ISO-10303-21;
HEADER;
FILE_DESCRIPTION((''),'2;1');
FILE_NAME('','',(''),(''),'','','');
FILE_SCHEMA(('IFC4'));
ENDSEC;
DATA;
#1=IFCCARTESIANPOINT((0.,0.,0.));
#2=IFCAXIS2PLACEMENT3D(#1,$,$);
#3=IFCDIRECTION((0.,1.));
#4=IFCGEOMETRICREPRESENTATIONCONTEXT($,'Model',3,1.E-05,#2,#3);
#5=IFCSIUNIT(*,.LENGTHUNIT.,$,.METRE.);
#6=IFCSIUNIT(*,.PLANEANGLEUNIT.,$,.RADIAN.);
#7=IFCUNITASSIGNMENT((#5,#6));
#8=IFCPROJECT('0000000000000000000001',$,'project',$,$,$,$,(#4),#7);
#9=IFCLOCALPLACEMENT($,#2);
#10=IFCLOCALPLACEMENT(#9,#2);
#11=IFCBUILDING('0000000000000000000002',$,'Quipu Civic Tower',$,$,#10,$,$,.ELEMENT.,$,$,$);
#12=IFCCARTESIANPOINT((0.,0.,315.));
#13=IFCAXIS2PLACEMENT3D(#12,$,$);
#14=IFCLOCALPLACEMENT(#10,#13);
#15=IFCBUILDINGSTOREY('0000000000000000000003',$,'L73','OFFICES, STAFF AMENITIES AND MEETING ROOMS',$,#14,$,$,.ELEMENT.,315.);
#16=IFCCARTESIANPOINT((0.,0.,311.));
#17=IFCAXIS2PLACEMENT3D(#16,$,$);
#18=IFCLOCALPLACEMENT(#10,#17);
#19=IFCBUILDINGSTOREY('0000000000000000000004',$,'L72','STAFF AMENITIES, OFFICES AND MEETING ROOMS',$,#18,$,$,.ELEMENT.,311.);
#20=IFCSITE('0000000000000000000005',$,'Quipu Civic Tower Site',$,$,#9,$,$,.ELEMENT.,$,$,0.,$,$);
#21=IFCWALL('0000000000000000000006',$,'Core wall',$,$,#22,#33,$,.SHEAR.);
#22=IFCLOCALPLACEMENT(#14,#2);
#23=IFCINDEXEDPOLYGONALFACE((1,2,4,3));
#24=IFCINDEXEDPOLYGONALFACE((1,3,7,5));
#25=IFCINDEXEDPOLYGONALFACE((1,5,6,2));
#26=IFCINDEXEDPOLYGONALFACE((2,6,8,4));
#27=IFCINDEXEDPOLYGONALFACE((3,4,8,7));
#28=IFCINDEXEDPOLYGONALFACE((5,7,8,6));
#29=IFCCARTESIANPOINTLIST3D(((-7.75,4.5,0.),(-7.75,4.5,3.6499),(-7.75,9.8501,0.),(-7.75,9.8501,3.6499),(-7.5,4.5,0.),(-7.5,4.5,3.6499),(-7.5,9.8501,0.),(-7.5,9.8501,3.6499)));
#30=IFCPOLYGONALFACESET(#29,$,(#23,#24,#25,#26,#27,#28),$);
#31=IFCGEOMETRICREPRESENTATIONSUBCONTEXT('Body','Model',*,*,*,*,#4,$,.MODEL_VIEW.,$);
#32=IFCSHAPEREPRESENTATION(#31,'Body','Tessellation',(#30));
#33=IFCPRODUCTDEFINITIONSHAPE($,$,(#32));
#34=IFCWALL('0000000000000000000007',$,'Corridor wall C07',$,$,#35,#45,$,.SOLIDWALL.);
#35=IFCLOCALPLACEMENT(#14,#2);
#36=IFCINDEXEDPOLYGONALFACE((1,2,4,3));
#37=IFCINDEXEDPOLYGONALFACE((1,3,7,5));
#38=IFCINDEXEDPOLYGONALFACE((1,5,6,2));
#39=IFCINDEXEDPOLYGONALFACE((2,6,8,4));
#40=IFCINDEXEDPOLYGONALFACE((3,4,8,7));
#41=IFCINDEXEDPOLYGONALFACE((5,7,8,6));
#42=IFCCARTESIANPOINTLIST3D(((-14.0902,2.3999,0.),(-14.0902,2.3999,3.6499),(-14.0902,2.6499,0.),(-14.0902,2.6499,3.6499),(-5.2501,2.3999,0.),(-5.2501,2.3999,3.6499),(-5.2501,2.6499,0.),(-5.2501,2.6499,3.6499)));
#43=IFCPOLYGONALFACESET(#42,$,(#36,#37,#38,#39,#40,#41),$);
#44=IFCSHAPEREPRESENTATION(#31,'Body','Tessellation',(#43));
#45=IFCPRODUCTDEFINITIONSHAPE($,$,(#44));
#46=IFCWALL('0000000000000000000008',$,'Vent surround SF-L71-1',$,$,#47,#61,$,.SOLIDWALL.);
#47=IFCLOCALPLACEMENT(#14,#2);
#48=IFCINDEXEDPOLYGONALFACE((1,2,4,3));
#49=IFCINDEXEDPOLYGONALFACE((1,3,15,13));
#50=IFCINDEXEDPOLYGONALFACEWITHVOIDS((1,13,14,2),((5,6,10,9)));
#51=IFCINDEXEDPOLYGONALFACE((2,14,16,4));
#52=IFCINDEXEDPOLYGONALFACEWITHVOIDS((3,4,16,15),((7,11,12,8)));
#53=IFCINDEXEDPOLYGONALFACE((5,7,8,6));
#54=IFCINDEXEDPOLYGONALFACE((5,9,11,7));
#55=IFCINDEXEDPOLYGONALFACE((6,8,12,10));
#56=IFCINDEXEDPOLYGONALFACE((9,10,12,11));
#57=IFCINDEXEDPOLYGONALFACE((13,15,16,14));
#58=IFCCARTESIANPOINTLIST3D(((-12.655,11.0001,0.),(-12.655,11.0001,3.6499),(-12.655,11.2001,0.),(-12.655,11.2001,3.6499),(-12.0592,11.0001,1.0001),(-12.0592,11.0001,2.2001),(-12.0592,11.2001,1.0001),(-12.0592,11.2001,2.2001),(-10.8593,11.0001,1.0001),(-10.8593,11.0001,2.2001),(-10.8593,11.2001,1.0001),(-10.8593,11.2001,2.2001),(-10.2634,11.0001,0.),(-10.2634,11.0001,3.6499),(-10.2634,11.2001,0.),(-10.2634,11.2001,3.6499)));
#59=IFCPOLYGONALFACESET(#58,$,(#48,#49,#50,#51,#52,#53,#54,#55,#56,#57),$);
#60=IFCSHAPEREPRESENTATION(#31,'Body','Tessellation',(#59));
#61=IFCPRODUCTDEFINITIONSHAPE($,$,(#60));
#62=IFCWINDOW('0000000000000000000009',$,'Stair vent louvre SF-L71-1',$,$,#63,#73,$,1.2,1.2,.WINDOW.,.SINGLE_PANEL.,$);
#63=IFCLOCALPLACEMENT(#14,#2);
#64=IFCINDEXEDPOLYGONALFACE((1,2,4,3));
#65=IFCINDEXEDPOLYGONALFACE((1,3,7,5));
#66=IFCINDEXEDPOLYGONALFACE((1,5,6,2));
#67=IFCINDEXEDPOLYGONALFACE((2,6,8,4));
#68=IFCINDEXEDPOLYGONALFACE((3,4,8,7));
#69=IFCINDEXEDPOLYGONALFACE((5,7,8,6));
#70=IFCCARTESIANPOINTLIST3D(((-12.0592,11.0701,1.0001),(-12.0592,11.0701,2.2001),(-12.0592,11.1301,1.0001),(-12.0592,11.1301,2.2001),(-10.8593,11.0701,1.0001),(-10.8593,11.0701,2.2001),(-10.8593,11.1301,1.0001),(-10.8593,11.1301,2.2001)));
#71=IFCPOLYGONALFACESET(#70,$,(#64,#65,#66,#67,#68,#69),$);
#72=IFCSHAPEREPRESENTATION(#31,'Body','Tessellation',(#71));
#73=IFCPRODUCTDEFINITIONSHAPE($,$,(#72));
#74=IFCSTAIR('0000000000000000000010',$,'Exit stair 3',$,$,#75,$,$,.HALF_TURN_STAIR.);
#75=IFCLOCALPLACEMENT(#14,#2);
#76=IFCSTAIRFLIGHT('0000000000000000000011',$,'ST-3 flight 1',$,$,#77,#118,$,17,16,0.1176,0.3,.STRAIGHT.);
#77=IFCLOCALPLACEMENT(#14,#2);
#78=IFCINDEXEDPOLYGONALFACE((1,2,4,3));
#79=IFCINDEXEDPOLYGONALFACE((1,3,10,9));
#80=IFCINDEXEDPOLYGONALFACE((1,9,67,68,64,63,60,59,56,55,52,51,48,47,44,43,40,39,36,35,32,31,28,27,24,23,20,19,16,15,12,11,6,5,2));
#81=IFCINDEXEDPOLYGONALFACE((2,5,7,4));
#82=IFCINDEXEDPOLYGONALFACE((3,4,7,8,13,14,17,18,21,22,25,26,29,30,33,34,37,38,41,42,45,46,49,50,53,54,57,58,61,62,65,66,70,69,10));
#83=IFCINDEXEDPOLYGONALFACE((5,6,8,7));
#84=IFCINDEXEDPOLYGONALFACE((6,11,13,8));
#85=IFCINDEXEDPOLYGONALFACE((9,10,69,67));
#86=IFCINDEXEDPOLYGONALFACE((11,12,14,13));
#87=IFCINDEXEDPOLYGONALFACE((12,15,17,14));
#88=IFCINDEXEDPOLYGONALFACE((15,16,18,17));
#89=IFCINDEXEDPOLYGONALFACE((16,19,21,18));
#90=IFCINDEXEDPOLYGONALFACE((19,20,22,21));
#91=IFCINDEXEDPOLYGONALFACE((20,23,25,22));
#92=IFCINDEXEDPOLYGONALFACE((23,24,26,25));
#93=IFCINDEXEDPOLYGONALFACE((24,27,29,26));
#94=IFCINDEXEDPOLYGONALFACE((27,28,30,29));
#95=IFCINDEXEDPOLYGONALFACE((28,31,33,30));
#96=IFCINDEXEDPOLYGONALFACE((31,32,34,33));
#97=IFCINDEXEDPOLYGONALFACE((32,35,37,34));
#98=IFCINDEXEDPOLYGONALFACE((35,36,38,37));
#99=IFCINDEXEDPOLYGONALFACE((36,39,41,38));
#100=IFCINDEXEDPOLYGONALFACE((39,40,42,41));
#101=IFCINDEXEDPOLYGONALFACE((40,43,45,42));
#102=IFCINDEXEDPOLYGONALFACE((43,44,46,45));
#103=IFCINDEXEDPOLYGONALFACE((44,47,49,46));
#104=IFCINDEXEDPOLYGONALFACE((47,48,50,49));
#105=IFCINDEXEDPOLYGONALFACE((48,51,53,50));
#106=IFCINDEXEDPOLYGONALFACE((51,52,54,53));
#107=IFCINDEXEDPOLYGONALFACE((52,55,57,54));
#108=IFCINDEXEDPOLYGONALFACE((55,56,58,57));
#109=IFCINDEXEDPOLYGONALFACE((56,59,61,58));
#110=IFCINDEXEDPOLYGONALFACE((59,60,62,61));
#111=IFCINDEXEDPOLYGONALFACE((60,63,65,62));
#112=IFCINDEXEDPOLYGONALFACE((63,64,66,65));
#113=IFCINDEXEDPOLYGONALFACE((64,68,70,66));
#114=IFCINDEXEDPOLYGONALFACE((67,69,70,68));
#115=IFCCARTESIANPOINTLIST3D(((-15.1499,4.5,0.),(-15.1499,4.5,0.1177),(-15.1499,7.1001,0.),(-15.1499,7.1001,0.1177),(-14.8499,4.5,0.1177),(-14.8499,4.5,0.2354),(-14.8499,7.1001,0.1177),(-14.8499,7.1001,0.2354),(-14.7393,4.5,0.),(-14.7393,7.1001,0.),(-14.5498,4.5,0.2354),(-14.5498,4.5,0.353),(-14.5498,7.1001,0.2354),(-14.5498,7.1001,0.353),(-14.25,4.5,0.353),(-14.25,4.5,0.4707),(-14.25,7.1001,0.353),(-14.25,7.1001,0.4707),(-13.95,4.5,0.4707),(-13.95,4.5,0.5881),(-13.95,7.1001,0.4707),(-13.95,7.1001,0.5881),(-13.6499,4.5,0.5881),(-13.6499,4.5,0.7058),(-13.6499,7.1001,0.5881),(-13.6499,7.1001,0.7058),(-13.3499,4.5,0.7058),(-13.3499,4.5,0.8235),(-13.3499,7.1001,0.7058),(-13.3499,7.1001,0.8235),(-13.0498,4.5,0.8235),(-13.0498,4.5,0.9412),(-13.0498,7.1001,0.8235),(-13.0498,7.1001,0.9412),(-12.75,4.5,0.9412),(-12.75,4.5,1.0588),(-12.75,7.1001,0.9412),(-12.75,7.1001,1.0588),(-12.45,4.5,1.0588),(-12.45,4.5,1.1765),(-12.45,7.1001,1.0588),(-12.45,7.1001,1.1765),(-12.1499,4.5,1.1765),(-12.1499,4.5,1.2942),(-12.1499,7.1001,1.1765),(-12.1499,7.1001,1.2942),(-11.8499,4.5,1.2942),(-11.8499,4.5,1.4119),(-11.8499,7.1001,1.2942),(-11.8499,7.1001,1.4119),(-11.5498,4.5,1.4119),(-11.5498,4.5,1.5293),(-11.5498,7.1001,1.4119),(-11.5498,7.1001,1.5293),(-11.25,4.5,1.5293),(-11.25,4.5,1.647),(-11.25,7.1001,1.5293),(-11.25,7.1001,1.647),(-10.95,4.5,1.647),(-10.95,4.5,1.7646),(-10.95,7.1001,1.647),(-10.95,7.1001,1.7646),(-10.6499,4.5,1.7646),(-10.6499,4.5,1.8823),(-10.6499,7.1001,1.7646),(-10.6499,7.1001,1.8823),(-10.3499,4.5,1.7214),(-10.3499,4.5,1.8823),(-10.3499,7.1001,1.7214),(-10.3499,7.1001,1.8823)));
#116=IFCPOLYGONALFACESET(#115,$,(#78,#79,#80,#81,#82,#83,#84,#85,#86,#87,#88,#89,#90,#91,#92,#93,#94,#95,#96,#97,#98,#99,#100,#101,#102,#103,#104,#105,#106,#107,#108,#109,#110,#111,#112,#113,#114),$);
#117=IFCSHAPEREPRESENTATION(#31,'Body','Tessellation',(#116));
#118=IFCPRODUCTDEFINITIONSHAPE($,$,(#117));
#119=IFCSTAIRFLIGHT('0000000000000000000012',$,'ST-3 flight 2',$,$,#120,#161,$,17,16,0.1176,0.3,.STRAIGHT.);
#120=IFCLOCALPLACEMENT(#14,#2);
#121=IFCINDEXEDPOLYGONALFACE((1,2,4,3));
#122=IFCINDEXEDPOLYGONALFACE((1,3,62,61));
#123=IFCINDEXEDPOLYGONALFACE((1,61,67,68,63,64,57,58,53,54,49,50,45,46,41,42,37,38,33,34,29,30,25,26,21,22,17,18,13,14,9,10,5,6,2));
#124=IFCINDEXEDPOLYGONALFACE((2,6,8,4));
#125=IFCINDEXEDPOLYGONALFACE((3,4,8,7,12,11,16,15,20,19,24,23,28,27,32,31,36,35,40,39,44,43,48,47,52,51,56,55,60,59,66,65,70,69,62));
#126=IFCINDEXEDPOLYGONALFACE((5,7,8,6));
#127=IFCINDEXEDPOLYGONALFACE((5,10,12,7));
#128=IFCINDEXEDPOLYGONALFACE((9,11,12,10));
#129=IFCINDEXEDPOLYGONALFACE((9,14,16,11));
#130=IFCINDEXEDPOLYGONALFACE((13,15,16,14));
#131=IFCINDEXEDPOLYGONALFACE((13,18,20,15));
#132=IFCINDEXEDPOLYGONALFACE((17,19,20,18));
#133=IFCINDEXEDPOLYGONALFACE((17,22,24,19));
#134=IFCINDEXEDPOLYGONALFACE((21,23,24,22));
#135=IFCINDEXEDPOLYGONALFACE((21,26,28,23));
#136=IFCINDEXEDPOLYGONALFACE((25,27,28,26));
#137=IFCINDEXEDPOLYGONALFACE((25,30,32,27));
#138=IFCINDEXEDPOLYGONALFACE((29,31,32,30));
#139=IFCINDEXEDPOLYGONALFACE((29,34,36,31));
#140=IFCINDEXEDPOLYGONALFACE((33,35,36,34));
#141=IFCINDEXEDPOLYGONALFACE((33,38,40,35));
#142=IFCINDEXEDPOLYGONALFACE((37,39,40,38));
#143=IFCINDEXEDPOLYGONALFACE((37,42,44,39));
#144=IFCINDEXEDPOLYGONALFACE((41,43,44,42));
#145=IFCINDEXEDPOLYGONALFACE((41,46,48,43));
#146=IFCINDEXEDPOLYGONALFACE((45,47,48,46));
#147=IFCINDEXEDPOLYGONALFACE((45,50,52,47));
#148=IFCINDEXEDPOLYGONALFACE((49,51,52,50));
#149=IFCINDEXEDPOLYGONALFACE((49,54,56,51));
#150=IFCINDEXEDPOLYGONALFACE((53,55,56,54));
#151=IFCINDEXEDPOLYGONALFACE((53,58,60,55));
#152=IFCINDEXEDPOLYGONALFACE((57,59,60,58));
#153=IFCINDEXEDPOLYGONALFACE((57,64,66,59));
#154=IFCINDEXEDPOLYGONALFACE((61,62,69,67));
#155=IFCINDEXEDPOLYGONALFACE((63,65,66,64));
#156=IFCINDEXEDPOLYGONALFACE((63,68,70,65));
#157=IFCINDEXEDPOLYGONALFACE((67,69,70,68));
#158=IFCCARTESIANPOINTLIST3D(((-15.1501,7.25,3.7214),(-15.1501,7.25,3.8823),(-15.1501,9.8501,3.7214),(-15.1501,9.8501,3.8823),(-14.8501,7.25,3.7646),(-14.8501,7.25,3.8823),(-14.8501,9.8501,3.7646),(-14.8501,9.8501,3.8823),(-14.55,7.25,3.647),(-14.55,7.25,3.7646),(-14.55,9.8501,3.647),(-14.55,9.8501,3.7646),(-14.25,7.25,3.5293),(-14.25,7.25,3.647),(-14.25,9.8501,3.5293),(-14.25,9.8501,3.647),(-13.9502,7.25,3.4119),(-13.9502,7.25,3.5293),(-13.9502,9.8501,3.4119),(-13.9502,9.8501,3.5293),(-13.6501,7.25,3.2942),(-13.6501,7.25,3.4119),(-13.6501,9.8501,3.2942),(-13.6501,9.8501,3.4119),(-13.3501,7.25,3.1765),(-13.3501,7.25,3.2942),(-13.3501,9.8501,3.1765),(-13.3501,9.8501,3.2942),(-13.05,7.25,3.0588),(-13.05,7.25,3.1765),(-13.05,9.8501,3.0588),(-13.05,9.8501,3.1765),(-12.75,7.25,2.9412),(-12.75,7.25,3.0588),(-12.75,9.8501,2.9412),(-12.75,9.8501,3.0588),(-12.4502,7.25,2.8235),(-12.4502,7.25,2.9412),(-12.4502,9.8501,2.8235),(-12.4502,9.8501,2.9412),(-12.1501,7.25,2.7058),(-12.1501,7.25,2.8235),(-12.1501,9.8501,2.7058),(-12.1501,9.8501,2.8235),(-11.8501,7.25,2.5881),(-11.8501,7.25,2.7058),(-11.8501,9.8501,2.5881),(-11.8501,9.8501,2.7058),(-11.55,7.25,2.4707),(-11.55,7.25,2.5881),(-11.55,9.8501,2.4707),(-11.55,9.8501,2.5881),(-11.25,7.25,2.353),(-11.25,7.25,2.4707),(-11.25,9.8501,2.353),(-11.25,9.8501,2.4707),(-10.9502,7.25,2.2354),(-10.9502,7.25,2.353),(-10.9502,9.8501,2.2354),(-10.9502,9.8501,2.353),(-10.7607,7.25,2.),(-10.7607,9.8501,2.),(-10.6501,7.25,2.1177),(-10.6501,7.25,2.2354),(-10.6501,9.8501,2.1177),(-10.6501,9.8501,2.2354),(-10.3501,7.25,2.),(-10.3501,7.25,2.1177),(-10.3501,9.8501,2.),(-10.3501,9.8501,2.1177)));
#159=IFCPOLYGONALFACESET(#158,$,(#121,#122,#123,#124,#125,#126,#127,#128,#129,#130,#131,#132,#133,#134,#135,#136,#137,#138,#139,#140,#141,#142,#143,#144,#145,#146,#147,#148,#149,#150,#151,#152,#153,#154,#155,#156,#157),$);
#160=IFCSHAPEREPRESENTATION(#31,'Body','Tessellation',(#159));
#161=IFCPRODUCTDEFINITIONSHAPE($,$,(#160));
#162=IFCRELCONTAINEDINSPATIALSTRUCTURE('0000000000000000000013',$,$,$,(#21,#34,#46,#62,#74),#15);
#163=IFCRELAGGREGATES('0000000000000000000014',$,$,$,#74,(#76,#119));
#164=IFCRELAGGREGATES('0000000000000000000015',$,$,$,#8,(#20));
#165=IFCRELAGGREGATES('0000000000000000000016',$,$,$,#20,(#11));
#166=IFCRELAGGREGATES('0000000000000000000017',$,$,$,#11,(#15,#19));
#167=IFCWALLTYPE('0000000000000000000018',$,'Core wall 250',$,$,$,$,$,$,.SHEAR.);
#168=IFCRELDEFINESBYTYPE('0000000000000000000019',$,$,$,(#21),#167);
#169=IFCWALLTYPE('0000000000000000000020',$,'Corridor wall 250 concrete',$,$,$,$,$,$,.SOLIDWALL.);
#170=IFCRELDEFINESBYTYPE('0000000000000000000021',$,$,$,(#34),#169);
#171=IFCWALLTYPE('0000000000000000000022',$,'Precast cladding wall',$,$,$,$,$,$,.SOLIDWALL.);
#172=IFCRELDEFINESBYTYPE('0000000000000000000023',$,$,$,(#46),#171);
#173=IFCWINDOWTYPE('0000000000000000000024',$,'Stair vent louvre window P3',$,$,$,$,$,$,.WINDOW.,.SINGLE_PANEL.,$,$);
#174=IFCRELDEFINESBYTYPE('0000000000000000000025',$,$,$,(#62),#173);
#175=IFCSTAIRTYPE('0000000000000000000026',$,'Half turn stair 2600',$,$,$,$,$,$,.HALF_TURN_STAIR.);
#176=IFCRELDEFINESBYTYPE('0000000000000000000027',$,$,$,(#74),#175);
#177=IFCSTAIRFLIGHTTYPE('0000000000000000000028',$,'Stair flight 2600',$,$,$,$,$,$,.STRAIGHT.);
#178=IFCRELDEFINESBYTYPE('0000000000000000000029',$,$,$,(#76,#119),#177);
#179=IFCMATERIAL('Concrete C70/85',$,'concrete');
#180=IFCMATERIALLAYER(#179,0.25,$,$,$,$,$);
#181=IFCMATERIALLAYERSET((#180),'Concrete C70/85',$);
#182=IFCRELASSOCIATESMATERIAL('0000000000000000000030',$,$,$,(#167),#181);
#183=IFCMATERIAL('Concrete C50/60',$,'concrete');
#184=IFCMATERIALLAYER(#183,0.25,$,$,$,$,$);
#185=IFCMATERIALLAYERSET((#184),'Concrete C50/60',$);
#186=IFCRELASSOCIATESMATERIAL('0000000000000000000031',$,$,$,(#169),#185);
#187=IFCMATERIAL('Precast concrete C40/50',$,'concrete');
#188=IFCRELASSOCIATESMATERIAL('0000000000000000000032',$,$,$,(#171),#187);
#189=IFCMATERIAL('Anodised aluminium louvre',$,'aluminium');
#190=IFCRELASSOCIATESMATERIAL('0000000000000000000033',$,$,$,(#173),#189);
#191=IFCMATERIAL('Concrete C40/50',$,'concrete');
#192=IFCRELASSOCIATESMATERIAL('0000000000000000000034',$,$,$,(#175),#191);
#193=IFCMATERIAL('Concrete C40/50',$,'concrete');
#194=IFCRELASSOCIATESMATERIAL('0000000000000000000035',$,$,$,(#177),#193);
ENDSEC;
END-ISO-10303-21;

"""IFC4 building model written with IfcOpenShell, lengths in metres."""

from ifc_helpers import new_model, si_unit, direction, frame, frame_2d, origin, place, context, subcontext, project, spatial, polyline, rectangle, outline, extrude, material, layer, layer_set, type_object, element, fill, aggregate, save


model = new_model("IFC4")

# Units and contexts
model_context = context("Model", 3, precision=1e-05, world=origin(), true_north=direction((0.0, 1.0)))
body_context = subcontext(model_context, "Body", "Model", "MODEL_VIEW")
ifc_project = project(units=[si_unit("LENGTHUNIT", "METRE"), si_unit("PLANEANGLEUNIT", "RADIAN")], contexts=[model_context])

# Site, building, storey
site_placement = place(None, origin())
site = spatial("IfcSite", under=ifc_project, at=site_placement, Name="Quipu Civic Tower Site", CompositionType="ELEMENT", RefElevation=0.0)
building_placement = place(site_placement, origin())
building = spatial("IfcBuilding", under=site, at=building_placement, Name="Quipu Civic Tower", CompositionType="ELEMENT")
storey_1_placement = place(building_placement, frame((0.0, 0.0, 315.0)))
storey_1 = spatial("IfcBuildingStorey", under=building, at=storey_1_placement, Name="L73", Description="OFFICES, STAFF AMENITIES AND MEETING ROOMS", CompositionType="ELEMENT", Elevation=315.0)

# Shared definitions
storey_2_placement = place(building_placement, frame((0.0, 0.0, 311.0)))
storey_2 = spatial("IfcBuildingStorey", under=building, at=storey_2_placement, Name="L72", Description="STAFF AMENITIES, OFFICES AND MEETING ROOMS", CompositionType="ELEMENT", Elevation=311.0)

# Walls
ifc_material_1 = material(Name="Concrete C70/85", Category="concrete")
ifc_layer_1 = layer(ifc_material_1, 0.25)
ifc_layer_set_1 = layer_set([ifc_layer_1], Name="Concrete C70/85")
wall_type_1 = type_object("IfcWallType", Name="Core wall 250", PredefinedType="SHEAR", material=ifc_layer_set_1)
for number, where, z_axis, x_axis, name in (
    (1, (-7.625, 4.5, 0.0), (0.0, 0.0, 1.0), (0.0, 1.0, 0.0), "Core wall"),
):
    element("IfcWall", number, at=place(storey_1_placement, frame(where, z_axis=z_axis, x_axis=x_axis)), inside=storey_1, type_object=wall_type_1, Name=name, PredefinedType="SHEAR", context=body_context, shape_type="SweptSolid", body=[
        extrude(rectangle(XDim=5.3501, YDim=0.25, at=frame_2d((2.675, 0.0))), origin(), (0.0, 0.0, 1.0), 3.6499),
    ])
ifc_material_2 = material(Name="Concrete C50/60", Category="concrete")
ifc_layer_2 = layer(ifc_material_2, 0.25)
ifc_layer_set_2 = layer_set([ifc_layer_2], Name="Concrete C50/60")
wall_type_2 = type_object("IfcWallType", Name="Corridor wall 250 concrete", PredefinedType="SOLIDWALL", material=ifc_layer_set_2)
wall_1_placement = place(storey_1_placement, frame((-14.0901, 2.5249, 0.0), z_axis=(0.0, 0.0, 1.0), x_axis=(1.0, 0.0, 0.0)))
element("IfcWall", 2, at=wall_1_placement, inside=storey_1, type_object=wall_type_2, Name="Corridor wall C07", PredefinedType="SOLIDWALL", context=body_context, shape_type="SweptSolid", body=[
    extrude(rectangle(XDim=8.8401, YDim=0.25, at=frame_2d((4.4199, 0.0))), origin(), (0.0, 0.0, 1.0), 3.6499),
])

# Wall, opening, window
ifc_material_3 = material(Name="Precast concrete C40/50", Category="concrete")
wall_type_3 = type_object("IfcWallType", Name="Precast cladding wall", PredefinedType="SOLIDWALL", material=ifc_material_3)
wall_2_placement = place(storey_1_placement, frame((-10.2634, 11.1001, 0.0), z_axis=(0.0, 0.0, 1.0), x_axis=(-1.0, 0.0, 0.0)))
wall_2 = element("IfcWall", 3, at=wall_2_placement, inside=storey_1, type_object=wall_type_3, Name="Vent surround SF-L71-1", PredefinedType="SOLIDWALL", context=body_context, shape_type="SweptSolid", body=[
    extrude(rectangle(XDim=2.3916, YDim=0.2, at=frame_2d((1.1958, 0.0))), origin(), (0.0, 0.0, 1.0), 3.6499),
])
opening_placement = place(wall_2_placement, frame((0.5957, 0.0, 1.0)))
opening = element("IfcOpeningElement", 4, at=opening_placement, cuts=wall_2, PredefinedType="OPENING", context=body_context, shape_type="SweptSolid", body=[
    extrude(rectangle(XDim=1.2, YDim=1.2, at=frame_2d((0.6001, 0.6001))), frame((0.0, 0.1099, 0.0), z_axis=(0.0, -1.0, 0.0), x_axis=(1.0, 0.0, 0.0)), (0.0, 0.0, 1.0), 0.22),
])
ifc_material_4 = material(Name="Anodised aluminium louvre", Category="aluminium")
window_type = type_object("IfcWindowType", Name="Stair vent louvre window P3", PartitioningType="SINGLE_PANEL", PredefinedType="WINDOW", material=ifc_material_4)
window_placement = place(opening_placement, origin())
window = element("IfcWindow", 5, at=window_placement, inside=storey_1, type_object=window_type, Name="Stair vent louvre SF-L71-1", OverallHeight=1.2, OverallWidth=1.2, PartitioningType="SINGLE_PANEL", PredefinedType="WINDOW", context=body_context, shape_type="SweptSolid", body=[
    extrude(rectangle(XDim=1.2, YDim=1.2, at=frame_2d((0.6001, 0.6001))), frame((0.0, 0.03, 0.0), z_axis=(0.0, -1.0, 0.0), x_axis=(1.0, 0.0, 0.0)), (0.0, 0.0, 1.0), 0.0601),
])
fill(opening, window)

# Stair, stair flights
ifc_material_5 = material(Name="Concrete C40/50", Category="concrete")
stair_type = type_object("IfcStairType", Name="Half turn stair 2600", PredefinedType="HALF_TURN_STAIR", material=ifc_material_5)
stair_placement = place(storey_1_placement, origin())
stair = element("IfcStair", 6, at=stair_placement, inside=storey_1, type_object=stair_type, Name="Exit stair 3", PredefinedType="HALF_TURN_STAIR")
ifc_material_6 = material(Name="Concrete C40/50", Category="concrete")
stair_flight_type = type_object("IfcStairFlightType", Name="Stair flight 2600", PredefinedType="STRAIGHT", material=ifc_material_6)
stair_flight_1_placement = place(storey_1_placement, frame((-15.1499, 5.8, 0.0), z_axis=(0.0, 0.0, 1.0), x_axis=(1.0, 0.0, 0.0)))
stair_flight_1 = element("IfcStairFlight", 7, at=stair_flight_1_placement, type_object=stair_flight_type, Name="ST-3 flight 1", NumberOfRisers=17, NumberOfTreads=16, PredefinedType="STRAIGHT", RiserHeight=0.1176, TreadLength=0.3, context=body_context, shape_type="SweptSolid", body=[
    extrude(outline(polyline([(0.0, 0.0), (0.0, 0.1177), (0.3, 0.1177), (0.3, 0.2354), (0.6001, 0.2354), (0.6001, 0.353), (0.8999, 0.353), (0.8999, 0.4707), (1.2, 0.4707), (1.2, 0.5881), (1.5, 0.5881), (1.5, 0.7058), (1.8, 0.7058), (1.8, 0.8235), (2.1001, 0.8235), (2.1001, 0.9412), (2.3999, 0.9412), (2.3999, 1.0588), (2.7, 1.0588), (2.7, 1.1765), (3.0, 1.1765), (3.0, 1.2942), (3.3, 1.2942), (3.3, 1.4119), (3.6001, 1.4119), (3.6001, 1.5293), (3.8999, 1.5293), (3.8999, 1.647), (4.2, 1.647), (4.2, 1.7646), (4.5, 1.7646), (4.5, 1.8823), (4.8, 1.8823), (4.8, 2.0), (4.8, 1.7214), (0.4106, 0.0), (0.0, 0.0)])), frame((0.0, 1.3, 0.0), z_axis=(0.0, -1.0, 0.0), x_axis=(1.0, 0.0, 0.0)), (0.0, 0.0, 1.0), 2.6001),
])
stair_flight_2_placement = place(storey_1_placement, frame((-10.3501, 8.55, 2.0), z_axis=(0.0, 0.0, 1.0), x_axis=(-1.0, 0.0, 0.0)))
stair_flight_2 = element("IfcStairFlight", 8, at=stair_flight_2_placement, type_object=stair_flight_type, Name="ST-3 flight 2", NumberOfRisers=17, NumberOfTreads=16, PredefinedType="STRAIGHT", RiserHeight=0.1176, TreadLength=0.3, context=body_context, shape_type="SweptSolid", body=[
    extrude(outline(polyline([(0.0, 0.0), (0.0, 0.1177), (0.3, 0.1177), (0.3, 0.2354), (0.6001, 0.2354), (0.6001, 0.353), (0.8999, 0.353), (0.8999, 0.4707), (1.2, 0.4707), (1.2, 0.5881), (1.5, 0.5881), (1.5, 0.7058), (1.8, 0.7058), (1.8, 0.8235), (2.1001, 0.8235), (2.1001, 0.9412), (2.3999, 0.9412), (2.3999, 1.0588), (2.7, 1.0588), (2.7, 1.1765), (3.0, 1.1765), (3.0, 1.2942), (3.3, 1.2942), (3.3, 1.4119), (3.6001, 1.4119), (3.6001, 1.5293), (3.8999, 1.5293), (3.8999, 1.647), (4.2, 1.647), (4.2, 1.7646), (4.5, 1.7646), (4.5, 1.8823), (4.8, 1.8823), (4.8, 2.0), (4.8, 1.7214), (0.4106, 0.0), (0.0, 0.0)])), frame((0.0, 1.3, 0.0), z_axis=(0.0, -1.0, 0.0), x_axis=(1.0, 0.0, 0.0)), (0.0, 0.0, 1.0), 2.6001),
])
aggregate(stair, [stair_flight_1, stair_flight_2])

save(model, "model.ifc")
